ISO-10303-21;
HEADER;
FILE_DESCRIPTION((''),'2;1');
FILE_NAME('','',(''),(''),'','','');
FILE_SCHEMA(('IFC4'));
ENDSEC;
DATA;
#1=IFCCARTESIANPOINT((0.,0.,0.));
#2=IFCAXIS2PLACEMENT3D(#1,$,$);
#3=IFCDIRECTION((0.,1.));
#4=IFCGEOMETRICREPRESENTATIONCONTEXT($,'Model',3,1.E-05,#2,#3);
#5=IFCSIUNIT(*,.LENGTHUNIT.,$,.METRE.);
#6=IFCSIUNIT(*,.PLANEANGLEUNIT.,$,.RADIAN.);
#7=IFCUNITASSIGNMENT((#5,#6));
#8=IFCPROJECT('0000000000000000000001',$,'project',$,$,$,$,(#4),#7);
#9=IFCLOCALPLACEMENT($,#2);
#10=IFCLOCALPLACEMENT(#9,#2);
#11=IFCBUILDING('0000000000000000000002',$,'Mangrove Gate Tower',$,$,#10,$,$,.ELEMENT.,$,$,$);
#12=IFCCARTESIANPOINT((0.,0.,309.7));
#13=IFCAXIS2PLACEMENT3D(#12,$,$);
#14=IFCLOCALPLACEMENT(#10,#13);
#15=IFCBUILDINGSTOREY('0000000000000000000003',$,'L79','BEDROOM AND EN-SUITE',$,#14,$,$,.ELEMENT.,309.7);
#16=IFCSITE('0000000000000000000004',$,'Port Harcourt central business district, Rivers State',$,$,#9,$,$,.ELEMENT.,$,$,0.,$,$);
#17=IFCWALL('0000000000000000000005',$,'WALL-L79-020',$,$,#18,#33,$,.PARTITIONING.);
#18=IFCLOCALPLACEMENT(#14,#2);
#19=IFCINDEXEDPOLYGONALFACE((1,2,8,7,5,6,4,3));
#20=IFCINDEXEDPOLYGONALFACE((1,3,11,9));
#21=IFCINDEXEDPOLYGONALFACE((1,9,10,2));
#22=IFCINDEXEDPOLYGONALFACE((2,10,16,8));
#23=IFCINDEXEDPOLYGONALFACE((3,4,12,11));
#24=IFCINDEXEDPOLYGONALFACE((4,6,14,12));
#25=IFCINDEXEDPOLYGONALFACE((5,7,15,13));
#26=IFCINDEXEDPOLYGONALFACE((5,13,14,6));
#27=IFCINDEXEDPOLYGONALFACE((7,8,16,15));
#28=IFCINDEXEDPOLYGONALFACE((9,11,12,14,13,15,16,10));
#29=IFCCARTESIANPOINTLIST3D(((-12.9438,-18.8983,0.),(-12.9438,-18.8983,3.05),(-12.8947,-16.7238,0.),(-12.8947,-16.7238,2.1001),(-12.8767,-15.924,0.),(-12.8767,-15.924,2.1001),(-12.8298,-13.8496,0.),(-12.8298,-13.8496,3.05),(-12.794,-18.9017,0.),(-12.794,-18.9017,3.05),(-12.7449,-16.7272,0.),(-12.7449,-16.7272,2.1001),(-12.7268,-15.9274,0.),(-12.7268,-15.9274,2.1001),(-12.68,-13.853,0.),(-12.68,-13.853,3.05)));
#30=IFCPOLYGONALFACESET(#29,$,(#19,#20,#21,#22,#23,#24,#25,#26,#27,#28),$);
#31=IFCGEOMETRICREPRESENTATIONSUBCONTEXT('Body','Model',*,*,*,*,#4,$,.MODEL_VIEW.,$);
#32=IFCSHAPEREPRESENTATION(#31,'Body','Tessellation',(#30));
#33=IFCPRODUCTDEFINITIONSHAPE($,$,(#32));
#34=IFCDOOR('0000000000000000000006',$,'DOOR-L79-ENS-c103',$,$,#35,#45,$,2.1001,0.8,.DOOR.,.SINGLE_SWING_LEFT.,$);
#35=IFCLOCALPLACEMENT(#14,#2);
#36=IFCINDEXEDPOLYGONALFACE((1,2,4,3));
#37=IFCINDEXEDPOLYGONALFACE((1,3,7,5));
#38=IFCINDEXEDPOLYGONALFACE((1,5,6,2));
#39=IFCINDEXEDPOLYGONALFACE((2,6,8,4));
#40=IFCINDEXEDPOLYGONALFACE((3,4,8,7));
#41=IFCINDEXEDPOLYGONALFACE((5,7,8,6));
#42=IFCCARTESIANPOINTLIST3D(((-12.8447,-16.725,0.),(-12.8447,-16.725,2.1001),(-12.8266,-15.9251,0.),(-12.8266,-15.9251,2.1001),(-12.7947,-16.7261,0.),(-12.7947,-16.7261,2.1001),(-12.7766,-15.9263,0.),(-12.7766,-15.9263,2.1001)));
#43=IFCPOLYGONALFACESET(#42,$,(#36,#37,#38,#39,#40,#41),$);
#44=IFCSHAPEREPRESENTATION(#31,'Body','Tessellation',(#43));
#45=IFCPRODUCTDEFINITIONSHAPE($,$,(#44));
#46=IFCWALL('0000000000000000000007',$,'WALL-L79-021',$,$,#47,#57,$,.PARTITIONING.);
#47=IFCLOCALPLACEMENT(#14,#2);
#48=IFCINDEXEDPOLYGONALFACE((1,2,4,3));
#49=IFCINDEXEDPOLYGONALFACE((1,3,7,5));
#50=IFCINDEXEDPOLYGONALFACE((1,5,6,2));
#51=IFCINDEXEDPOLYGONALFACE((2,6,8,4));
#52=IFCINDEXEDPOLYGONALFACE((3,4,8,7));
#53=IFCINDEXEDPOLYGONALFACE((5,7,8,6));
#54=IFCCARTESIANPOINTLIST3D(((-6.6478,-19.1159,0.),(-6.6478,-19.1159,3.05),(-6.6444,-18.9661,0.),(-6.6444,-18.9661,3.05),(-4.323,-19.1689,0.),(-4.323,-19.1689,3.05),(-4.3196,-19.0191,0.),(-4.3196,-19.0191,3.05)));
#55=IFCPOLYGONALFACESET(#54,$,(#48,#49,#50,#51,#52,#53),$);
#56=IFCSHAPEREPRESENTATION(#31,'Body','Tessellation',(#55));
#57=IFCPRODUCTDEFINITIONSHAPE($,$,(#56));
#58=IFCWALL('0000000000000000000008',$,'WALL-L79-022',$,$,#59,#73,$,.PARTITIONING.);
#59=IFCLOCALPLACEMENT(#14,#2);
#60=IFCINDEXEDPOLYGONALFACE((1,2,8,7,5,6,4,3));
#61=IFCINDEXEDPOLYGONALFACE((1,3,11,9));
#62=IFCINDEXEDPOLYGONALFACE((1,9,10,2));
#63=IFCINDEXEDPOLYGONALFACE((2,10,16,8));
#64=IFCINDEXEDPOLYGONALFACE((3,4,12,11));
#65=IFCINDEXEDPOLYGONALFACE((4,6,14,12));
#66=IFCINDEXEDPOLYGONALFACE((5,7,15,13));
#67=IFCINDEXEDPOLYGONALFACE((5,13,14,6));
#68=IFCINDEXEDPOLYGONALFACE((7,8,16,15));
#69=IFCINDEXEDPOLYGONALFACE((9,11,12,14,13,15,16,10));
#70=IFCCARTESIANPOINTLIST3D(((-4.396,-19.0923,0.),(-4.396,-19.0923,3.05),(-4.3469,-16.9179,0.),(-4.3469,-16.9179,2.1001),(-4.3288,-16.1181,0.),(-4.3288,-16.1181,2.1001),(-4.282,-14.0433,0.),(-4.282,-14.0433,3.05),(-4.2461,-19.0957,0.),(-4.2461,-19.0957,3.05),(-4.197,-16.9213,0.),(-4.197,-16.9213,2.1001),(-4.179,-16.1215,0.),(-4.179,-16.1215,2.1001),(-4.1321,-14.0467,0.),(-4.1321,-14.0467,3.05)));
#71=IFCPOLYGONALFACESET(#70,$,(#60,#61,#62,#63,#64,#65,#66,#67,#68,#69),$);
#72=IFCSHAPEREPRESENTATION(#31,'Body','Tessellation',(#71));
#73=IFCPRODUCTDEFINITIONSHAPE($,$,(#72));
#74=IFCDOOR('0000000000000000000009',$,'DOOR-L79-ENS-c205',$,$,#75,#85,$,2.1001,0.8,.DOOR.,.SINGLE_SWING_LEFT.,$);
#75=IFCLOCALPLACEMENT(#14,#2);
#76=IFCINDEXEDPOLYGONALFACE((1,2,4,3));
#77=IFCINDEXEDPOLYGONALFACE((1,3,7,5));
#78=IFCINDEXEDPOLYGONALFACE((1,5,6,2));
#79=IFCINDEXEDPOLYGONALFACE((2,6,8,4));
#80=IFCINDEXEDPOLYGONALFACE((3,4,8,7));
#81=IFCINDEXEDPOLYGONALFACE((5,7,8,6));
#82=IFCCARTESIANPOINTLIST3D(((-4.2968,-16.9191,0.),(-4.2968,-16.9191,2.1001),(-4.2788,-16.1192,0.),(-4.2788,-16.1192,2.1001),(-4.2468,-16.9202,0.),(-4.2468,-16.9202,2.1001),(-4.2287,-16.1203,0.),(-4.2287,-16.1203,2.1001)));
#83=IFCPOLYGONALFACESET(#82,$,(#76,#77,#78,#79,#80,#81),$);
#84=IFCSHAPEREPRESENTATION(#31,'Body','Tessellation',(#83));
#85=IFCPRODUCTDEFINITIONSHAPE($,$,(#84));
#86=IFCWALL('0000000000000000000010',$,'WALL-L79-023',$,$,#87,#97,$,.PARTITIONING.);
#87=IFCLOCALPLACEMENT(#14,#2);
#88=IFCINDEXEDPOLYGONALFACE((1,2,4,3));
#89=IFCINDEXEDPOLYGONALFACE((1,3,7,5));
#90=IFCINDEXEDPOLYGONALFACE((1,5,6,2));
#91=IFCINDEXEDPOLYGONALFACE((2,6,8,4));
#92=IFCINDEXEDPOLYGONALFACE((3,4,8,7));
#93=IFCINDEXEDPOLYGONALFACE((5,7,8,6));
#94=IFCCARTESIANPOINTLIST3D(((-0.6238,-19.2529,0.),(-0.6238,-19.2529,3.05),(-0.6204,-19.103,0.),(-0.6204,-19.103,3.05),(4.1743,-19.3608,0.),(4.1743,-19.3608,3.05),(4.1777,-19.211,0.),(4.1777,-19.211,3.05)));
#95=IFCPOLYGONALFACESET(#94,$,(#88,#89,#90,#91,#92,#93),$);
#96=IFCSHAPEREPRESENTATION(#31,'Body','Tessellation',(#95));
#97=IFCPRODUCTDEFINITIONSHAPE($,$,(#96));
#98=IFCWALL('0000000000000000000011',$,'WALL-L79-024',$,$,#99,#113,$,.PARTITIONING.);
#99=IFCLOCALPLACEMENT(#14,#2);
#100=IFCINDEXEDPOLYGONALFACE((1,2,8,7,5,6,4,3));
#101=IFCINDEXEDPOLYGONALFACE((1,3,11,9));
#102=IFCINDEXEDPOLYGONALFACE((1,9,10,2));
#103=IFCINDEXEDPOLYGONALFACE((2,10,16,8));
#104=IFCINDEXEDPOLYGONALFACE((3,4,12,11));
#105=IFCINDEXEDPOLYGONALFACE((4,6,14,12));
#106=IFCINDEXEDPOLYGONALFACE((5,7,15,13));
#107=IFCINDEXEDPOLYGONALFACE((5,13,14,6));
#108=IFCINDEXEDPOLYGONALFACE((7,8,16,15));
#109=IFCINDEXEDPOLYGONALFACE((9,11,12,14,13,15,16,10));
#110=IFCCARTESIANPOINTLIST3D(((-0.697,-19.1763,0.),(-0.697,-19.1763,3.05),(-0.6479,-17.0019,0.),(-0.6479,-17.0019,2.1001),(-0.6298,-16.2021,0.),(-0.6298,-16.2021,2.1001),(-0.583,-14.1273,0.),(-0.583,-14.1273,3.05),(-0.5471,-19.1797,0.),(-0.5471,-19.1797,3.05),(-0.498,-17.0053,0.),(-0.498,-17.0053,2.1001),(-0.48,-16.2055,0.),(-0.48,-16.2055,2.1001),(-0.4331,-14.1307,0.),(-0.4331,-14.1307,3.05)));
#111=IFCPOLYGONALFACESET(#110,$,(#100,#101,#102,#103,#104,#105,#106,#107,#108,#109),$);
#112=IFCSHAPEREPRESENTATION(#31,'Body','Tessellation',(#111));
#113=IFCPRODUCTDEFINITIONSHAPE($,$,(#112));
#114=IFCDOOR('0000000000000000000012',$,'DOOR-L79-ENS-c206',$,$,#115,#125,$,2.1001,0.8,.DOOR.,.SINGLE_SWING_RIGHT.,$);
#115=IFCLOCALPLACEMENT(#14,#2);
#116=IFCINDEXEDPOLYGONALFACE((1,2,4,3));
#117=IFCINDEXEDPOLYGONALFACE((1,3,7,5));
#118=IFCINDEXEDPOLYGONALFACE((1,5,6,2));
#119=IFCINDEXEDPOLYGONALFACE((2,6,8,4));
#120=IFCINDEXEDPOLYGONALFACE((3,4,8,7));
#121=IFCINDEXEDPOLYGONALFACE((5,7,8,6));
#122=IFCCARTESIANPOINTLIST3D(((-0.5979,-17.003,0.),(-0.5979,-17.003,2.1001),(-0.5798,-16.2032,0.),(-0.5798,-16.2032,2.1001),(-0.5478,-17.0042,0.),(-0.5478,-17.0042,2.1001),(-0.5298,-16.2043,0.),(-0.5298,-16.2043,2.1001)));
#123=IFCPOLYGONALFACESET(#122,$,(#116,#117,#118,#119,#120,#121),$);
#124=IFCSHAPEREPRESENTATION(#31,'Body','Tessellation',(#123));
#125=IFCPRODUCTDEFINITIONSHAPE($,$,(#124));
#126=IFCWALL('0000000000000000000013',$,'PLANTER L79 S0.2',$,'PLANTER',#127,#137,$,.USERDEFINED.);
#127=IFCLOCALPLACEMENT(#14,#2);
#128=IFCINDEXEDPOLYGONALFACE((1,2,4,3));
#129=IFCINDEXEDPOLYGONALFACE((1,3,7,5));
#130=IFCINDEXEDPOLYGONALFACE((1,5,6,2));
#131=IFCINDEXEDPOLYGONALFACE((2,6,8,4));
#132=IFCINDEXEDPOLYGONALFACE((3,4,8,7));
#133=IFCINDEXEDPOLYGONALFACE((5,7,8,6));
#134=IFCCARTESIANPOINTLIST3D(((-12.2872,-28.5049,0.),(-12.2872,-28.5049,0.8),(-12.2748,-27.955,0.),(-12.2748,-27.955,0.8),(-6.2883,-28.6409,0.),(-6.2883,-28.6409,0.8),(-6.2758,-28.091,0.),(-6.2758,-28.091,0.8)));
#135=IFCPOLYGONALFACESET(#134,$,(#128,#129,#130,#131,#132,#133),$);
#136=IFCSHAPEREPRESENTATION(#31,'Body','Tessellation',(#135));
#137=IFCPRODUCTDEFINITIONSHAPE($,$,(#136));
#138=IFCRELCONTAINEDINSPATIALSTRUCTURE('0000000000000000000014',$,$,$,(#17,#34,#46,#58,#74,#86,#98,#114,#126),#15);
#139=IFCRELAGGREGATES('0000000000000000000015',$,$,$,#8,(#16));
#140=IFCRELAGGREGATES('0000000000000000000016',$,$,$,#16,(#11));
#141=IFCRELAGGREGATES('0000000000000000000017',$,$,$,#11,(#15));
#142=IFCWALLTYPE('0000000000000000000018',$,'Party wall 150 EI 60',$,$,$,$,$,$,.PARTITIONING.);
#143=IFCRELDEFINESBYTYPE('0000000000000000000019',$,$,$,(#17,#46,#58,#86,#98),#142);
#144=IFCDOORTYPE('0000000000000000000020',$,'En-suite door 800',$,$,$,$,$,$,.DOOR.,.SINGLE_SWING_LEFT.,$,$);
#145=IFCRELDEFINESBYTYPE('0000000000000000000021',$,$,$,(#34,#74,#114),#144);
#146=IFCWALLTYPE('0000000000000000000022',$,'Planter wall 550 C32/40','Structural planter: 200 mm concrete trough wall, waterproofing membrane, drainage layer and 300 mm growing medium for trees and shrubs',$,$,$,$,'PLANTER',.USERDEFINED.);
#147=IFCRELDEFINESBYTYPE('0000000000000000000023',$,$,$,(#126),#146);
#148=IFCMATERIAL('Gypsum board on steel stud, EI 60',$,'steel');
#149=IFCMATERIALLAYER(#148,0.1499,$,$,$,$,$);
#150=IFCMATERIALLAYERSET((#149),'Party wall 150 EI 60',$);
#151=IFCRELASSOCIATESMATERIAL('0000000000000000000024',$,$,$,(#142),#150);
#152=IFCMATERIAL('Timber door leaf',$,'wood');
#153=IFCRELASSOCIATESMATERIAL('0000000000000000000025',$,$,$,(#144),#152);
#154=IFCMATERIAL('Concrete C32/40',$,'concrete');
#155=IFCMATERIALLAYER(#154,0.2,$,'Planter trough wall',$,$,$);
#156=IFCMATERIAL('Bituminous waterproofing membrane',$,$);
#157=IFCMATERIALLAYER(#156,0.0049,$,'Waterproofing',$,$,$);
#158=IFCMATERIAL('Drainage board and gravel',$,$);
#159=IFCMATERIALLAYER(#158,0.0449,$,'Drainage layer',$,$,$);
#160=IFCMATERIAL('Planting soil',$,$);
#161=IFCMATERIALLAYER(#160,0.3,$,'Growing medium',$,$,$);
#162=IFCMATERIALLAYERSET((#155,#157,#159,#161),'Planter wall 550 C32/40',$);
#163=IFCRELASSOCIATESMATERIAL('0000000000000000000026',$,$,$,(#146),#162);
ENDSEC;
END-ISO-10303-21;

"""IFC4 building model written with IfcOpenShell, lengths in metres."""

from ifc_helpers import new_model, si_unit, direction, frame, frame_2d, origin, place, context, subcontext, project, spatial, rectangle, extrude, material, layer, layer_set, type_object, element, fill, save


model = new_model("IFC4")

# Units and contexts
model_context = context("Model", 3, precision=1e-05, world=origin(), true_north=direction((0.0, 1.0)))
body_context = subcontext(model_context, "Body", "Model", "MODEL_VIEW")
ifc_project = project(units=[si_unit("LENGTHUNIT", "METRE"), si_unit("PLANEANGLEUNIT", "RADIAN")], contexts=[model_context])

# Site, building, storey
site_placement = place(None, origin())
site = spatial("IfcSite", under=ifc_project, at=site_placement, Name="Port Harcourt central business district, Rivers State", CompositionType="ELEMENT", RefElevation=0.0)
building_placement = place(site_placement, origin())
building = spatial("IfcBuilding", under=site, at=building_placement, Name="Mangrove Gate Tower", CompositionType="ELEMENT")
storey_placement = place(building_placement, frame((0.0, 0.0, 309.7)))
storey = spatial("IfcBuildingStorey", under=building, at=storey_placement, Name="L79", Description="BEDROOM AND EN-SUITE", CompositionType="ELEMENT", Elevation=309.7)

# Shared definitions
ifc_material_1 = material(Name="Gypsum board on steel stud, EI 60", Category="steel")
ifc_layer_1 = layer(ifc_material_1, 0.1499)
ifc_layer_set_1 = layer_set([ifc_layer_1], Name="Party wall 150 EI 60")
wall_type_1 = type_object("IfcWallType", Name="Party wall 150 EI 60", PredefinedType="PARTITIONING", material=ifc_layer_set_1)

# Shared definitions
ifc_material_2 = material(Name="Timber door leaf", Category="wood")
door_type = type_object("IfcDoorType", Name="En-suite door 800", OperationType="SINGLE_SWING_LEFT", PredefinedType="DOOR", material=ifc_material_2)

# Wall, opening, door
wall_1_placement = place(storey_placement, frame((-12.8689, -18.8999, 0.0), z_axis=(0.0, 0.0, 1.0), x_axis=(0.022576, 0.999745, 0.0)))
wall_1 = element("IfcWall", 1, at=wall_1_placement, inside=storey, type_object=wall_type_1, Name="WALL-L79-020", PredefinedType="PARTITIONING", context=body_context, shape_type="SweptSolid", body=[
    extrude(rectangle(XDim=5.05, YDim=0.1499, at=frame_2d((2.5249, 0.0))), origin(), (0.0, 0.0, 1.0), 3.05),
])
opening_1_placement = place(wall_1_placement, frame((2.175, 0.0, 0.0)))
opening_1 = element("IfcOpeningElement", 2, at=opening_1_placement, cuts=wall_1, PredefinedType="OPENING", context=body_context, shape_type="SweptSolid", body=[
    extrude(rectangle(XDim=0.8, YDim=2.1001, at=frame_2d((0.3999, 1.05))), frame((0.0, 0.085, 0.0), z_axis=(0.0, -1.0, 0.0), x_axis=(1.0, 0.0, 0.0)), (0.0, 0.0, 1.0), 0.1699),
])
door_1_placement = place(opening_1_placement, origin())
door_1 = element("IfcDoor", 3, at=door_1_placement, inside=storey, type_object=door_type, Name="DOOR-L79-ENS-c103", OperationType="SINGLE_SWING_LEFT", OverallHeight=2.1001, OverallWidth=0.8, PredefinedType="DOOR", context=body_context, shape_type="SweptSolid", body=[
    extrude(rectangle(XDim=0.8, YDim=2.1001, at=frame_2d((0.3999, 1.05))), frame((0.0, 0.0249, 0.0), z_axis=(0.0, -1.0, 0.0), x_axis=(1.0, 0.0, 0.0)), (0.0, 0.0, 1.0), 0.05),
])
fill(opening_1, door_1)

# Wall
wall_2_placement = place(storey_placement, frame((-6.646, -19.041, 0.0), z_axis=(0.0, 0.0, 1.0), x_axis=(0.99974, -0.022781, 0.0)))
element("IfcWall", 4, at=wall_2_placement, inside=storey, type_object=wall_type_1, Name="WALL-L79-021", PredefinedType="PARTITIONING", context=body_context, shape_type="SweptSolid", body=[
    extrude(rectangle(XDim=2.3254, YDim=0.1499, at=frame_2d((1.1626, 0.0))), origin(), (0.0, 0.0, 1.0), 3.05),
])

# Wall, opening, door
wall_3_placement = place(storey_placement, frame((-4.321, -19.094, 0.0), z_axis=(0.0, 0.0, 1.0), x_axis=(0.022575, 0.999745, 0.0)))
wall_3 = element("IfcWall", 5, at=wall_3_placement, inside=storey, type_object=wall_type_1, Name="WALL-L79-022", PredefinedType="PARTITIONING", context=body_context, shape_type="SweptSolid", body=[
    extrude(rectangle(XDim=5.0503, YDim=0.1499, at=frame_2d((2.5251, 0.0))), origin(), (0.0, 0.0, 1.0), 3.05),
])
opening_2_placement = place(wall_3_placement, frame((2.175, 0.0, 0.0)))
opening_2 = element("IfcOpeningElement", 6, at=opening_2_placement, cuts=wall_3, PredefinedType="OPENING", context=body_context, shape_type="SweptSolid", body=[
    extrude(rectangle(XDim=0.8, YDim=2.1001, at=frame_2d((0.3999, 1.05))), frame((0.0, 0.085, 0.0), z_axis=(0.0, -1.0, 0.0), x_axis=(1.0, 0.0, 0.0)), (0.0, 0.0, 1.0), 0.1699),
])
door_2_placement = place(opening_2_placement, origin())
door_2 = element("IfcDoor", 7, at=door_2_placement, inside=storey, type_object=door_type, Name="DOOR-L79-ENS-c205", OperationType="SINGLE_SWING_LEFT", OverallHeight=2.1001, OverallWidth=0.8, PredefinedType="DOOR", context=body_context, shape_type="SweptSolid", body=[
    extrude(rectangle(XDim=0.8, YDim=2.1001, at=frame_2d((0.3999, 1.05))), frame((0.0, 0.0249, 0.0), z_axis=(0.0, -1.0, 0.0), x_axis=(1.0, 0.0, 0.0)), (0.0, 0.0, 1.0), 0.05),
])
fill(opening_2, door_2)

# Wall
wall_4_placement = place(storey_placement, frame((-0.6221, -19.178, 0.0), z_axis=(0.0, 0.0, 1.0), x_axis=(0.999747, -0.022485, 0.0)))
element("IfcWall", 8, at=wall_4_placement, inside=storey, type_object=wall_type_1, Name="WALL-L79-023", PredefinedType="PARTITIONING", context=body_context, shape_type="SweptSolid", body=[
    extrude(rectangle(XDim=4.7993, YDim=0.1499, at=frame_2d((2.3997, 0.0))), origin(), (0.0, 0.0, 1.0), 3.05),
])

# Wall, opening, door
wall_5_placement = place(storey_placement, frame((-0.6221, -19.178, 0.0), z_axis=(0.0, 0.0, 1.0), x_axis=(0.022575, 0.999745, 0.0)))
wall_5 = element("IfcWall", 9, at=wall_5_placement, inside=storey, type_object=wall_type_1, Name="WALL-L79-024", PredefinedType="PARTITIONING", context=body_context, shape_type="SweptSolid", body=[
    extrude(rectangle(XDim=5.0503, YDim=0.1499, at=frame_2d((2.5251, 0.0))), origin(), (0.0, 0.0, 1.0), 3.05),
])
opening_3_placement = place(wall_5_placement, frame((2.175, 0.0, 0.0)))
opening_3 = element("IfcOpeningElement", 10, at=opening_3_placement, cuts=wall_5, PredefinedType="OPENING", context=body_context, shape_type="SweptSolid", body=[
    extrude(rectangle(XDim=0.8, YDim=2.1001, at=frame_2d((0.3999, 1.05))), frame((0.0, 0.085, 0.0), z_axis=(0.0, -1.0, 0.0), x_axis=(1.0, 0.0, 0.0)), (0.0, 0.0, 1.0), 0.1699),
])
door_3_placement = place(opening_3_placement, origin())
door_3 = element("IfcDoor", 11, at=door_3_placement, inside=storey, type_object=door_type, Name="DOOR-L79-ENS-c206", OperationType="SINGLE_SWING_RIGHT", OverallHeight=2.1001, OverallWidth=0.8, PredefinedType="DOOR", context=body_context, shape_type="SweptSolid", body=[
    extrude(rectangle(XDim=0.8, YDim=2.1001, at=frame_2d((0.3999, 1.05))), frame((0.0, 0.0249, 0.0), z_axis=(0.0, -1.0, 0.0), x_axis=(1.0, 0.0, 0.0)), (0.0, 0.0, 1.0), 0.05),
])
fill(opening_3, door_3)

# Wall
ifc_material_3 = material(Name="Concrete C32/40", Category="concrete")
ifc_layer_2 = layer(ifc_material_3, 0.2, Name="Planter trough wall")
ifc_material_4 = material(Name="Bituminous waterproofing membrane")
ifc_layer_3 = layer(ifc_material_4, 0.0049, Name="Waterproofing")
ifc_material_5 = material(Name="Drainage board and gravel")
ifc_layer_4 = layer(ifc_material_5, 0.0449, Name="Drainage layer")
ifc_material_6 = material(Name="Planting soil")
ifc_layer_5 = layer(ifc_material_6, 0.3, Name="Growing medium")
ifc_layer_set_2 = layer_set([ifc_layer_2, ifc_layer_3, ifc_layer_4, ifc_layer_5], Name="Planter wall 550 C32/40")
wall_type_2 = type_object("IfcWallType", Name="Planter wall 550 C32/40", Description="Structural planter: 200 mm concrete trough wall, waterproofing membrane, drainage layer and 300 mm growing medium for trees and shrubs", ElementType="PLANTER", PredefinedType="USERDEFINED", material=ifc_layer_set_2)
wall_6_placement = place(storey_placement, frame((-12.281, -28.23, 0.0), z_axis=(0.0, 0.0, 1.0), x_axis=(0.999743, -0.022662, 0.0)))
element("IfcWall", 12, at=wall_6_placement, inside=storey, type_object=wall_type_2, Name="PLANTER L79 S0.2", ObjectType="PLANTER", PredefinedType="USERDEFINED", context=body_context, shape_type="SweptSolid", body=[
    extrude(rectangle(XDim=6.0005, YDim=0.55, at=frame_2d((3.0002, 0.0))), origin(), (0.0, 0.0, 1.0), 0.8),
])

save(model, "model.ifc")
